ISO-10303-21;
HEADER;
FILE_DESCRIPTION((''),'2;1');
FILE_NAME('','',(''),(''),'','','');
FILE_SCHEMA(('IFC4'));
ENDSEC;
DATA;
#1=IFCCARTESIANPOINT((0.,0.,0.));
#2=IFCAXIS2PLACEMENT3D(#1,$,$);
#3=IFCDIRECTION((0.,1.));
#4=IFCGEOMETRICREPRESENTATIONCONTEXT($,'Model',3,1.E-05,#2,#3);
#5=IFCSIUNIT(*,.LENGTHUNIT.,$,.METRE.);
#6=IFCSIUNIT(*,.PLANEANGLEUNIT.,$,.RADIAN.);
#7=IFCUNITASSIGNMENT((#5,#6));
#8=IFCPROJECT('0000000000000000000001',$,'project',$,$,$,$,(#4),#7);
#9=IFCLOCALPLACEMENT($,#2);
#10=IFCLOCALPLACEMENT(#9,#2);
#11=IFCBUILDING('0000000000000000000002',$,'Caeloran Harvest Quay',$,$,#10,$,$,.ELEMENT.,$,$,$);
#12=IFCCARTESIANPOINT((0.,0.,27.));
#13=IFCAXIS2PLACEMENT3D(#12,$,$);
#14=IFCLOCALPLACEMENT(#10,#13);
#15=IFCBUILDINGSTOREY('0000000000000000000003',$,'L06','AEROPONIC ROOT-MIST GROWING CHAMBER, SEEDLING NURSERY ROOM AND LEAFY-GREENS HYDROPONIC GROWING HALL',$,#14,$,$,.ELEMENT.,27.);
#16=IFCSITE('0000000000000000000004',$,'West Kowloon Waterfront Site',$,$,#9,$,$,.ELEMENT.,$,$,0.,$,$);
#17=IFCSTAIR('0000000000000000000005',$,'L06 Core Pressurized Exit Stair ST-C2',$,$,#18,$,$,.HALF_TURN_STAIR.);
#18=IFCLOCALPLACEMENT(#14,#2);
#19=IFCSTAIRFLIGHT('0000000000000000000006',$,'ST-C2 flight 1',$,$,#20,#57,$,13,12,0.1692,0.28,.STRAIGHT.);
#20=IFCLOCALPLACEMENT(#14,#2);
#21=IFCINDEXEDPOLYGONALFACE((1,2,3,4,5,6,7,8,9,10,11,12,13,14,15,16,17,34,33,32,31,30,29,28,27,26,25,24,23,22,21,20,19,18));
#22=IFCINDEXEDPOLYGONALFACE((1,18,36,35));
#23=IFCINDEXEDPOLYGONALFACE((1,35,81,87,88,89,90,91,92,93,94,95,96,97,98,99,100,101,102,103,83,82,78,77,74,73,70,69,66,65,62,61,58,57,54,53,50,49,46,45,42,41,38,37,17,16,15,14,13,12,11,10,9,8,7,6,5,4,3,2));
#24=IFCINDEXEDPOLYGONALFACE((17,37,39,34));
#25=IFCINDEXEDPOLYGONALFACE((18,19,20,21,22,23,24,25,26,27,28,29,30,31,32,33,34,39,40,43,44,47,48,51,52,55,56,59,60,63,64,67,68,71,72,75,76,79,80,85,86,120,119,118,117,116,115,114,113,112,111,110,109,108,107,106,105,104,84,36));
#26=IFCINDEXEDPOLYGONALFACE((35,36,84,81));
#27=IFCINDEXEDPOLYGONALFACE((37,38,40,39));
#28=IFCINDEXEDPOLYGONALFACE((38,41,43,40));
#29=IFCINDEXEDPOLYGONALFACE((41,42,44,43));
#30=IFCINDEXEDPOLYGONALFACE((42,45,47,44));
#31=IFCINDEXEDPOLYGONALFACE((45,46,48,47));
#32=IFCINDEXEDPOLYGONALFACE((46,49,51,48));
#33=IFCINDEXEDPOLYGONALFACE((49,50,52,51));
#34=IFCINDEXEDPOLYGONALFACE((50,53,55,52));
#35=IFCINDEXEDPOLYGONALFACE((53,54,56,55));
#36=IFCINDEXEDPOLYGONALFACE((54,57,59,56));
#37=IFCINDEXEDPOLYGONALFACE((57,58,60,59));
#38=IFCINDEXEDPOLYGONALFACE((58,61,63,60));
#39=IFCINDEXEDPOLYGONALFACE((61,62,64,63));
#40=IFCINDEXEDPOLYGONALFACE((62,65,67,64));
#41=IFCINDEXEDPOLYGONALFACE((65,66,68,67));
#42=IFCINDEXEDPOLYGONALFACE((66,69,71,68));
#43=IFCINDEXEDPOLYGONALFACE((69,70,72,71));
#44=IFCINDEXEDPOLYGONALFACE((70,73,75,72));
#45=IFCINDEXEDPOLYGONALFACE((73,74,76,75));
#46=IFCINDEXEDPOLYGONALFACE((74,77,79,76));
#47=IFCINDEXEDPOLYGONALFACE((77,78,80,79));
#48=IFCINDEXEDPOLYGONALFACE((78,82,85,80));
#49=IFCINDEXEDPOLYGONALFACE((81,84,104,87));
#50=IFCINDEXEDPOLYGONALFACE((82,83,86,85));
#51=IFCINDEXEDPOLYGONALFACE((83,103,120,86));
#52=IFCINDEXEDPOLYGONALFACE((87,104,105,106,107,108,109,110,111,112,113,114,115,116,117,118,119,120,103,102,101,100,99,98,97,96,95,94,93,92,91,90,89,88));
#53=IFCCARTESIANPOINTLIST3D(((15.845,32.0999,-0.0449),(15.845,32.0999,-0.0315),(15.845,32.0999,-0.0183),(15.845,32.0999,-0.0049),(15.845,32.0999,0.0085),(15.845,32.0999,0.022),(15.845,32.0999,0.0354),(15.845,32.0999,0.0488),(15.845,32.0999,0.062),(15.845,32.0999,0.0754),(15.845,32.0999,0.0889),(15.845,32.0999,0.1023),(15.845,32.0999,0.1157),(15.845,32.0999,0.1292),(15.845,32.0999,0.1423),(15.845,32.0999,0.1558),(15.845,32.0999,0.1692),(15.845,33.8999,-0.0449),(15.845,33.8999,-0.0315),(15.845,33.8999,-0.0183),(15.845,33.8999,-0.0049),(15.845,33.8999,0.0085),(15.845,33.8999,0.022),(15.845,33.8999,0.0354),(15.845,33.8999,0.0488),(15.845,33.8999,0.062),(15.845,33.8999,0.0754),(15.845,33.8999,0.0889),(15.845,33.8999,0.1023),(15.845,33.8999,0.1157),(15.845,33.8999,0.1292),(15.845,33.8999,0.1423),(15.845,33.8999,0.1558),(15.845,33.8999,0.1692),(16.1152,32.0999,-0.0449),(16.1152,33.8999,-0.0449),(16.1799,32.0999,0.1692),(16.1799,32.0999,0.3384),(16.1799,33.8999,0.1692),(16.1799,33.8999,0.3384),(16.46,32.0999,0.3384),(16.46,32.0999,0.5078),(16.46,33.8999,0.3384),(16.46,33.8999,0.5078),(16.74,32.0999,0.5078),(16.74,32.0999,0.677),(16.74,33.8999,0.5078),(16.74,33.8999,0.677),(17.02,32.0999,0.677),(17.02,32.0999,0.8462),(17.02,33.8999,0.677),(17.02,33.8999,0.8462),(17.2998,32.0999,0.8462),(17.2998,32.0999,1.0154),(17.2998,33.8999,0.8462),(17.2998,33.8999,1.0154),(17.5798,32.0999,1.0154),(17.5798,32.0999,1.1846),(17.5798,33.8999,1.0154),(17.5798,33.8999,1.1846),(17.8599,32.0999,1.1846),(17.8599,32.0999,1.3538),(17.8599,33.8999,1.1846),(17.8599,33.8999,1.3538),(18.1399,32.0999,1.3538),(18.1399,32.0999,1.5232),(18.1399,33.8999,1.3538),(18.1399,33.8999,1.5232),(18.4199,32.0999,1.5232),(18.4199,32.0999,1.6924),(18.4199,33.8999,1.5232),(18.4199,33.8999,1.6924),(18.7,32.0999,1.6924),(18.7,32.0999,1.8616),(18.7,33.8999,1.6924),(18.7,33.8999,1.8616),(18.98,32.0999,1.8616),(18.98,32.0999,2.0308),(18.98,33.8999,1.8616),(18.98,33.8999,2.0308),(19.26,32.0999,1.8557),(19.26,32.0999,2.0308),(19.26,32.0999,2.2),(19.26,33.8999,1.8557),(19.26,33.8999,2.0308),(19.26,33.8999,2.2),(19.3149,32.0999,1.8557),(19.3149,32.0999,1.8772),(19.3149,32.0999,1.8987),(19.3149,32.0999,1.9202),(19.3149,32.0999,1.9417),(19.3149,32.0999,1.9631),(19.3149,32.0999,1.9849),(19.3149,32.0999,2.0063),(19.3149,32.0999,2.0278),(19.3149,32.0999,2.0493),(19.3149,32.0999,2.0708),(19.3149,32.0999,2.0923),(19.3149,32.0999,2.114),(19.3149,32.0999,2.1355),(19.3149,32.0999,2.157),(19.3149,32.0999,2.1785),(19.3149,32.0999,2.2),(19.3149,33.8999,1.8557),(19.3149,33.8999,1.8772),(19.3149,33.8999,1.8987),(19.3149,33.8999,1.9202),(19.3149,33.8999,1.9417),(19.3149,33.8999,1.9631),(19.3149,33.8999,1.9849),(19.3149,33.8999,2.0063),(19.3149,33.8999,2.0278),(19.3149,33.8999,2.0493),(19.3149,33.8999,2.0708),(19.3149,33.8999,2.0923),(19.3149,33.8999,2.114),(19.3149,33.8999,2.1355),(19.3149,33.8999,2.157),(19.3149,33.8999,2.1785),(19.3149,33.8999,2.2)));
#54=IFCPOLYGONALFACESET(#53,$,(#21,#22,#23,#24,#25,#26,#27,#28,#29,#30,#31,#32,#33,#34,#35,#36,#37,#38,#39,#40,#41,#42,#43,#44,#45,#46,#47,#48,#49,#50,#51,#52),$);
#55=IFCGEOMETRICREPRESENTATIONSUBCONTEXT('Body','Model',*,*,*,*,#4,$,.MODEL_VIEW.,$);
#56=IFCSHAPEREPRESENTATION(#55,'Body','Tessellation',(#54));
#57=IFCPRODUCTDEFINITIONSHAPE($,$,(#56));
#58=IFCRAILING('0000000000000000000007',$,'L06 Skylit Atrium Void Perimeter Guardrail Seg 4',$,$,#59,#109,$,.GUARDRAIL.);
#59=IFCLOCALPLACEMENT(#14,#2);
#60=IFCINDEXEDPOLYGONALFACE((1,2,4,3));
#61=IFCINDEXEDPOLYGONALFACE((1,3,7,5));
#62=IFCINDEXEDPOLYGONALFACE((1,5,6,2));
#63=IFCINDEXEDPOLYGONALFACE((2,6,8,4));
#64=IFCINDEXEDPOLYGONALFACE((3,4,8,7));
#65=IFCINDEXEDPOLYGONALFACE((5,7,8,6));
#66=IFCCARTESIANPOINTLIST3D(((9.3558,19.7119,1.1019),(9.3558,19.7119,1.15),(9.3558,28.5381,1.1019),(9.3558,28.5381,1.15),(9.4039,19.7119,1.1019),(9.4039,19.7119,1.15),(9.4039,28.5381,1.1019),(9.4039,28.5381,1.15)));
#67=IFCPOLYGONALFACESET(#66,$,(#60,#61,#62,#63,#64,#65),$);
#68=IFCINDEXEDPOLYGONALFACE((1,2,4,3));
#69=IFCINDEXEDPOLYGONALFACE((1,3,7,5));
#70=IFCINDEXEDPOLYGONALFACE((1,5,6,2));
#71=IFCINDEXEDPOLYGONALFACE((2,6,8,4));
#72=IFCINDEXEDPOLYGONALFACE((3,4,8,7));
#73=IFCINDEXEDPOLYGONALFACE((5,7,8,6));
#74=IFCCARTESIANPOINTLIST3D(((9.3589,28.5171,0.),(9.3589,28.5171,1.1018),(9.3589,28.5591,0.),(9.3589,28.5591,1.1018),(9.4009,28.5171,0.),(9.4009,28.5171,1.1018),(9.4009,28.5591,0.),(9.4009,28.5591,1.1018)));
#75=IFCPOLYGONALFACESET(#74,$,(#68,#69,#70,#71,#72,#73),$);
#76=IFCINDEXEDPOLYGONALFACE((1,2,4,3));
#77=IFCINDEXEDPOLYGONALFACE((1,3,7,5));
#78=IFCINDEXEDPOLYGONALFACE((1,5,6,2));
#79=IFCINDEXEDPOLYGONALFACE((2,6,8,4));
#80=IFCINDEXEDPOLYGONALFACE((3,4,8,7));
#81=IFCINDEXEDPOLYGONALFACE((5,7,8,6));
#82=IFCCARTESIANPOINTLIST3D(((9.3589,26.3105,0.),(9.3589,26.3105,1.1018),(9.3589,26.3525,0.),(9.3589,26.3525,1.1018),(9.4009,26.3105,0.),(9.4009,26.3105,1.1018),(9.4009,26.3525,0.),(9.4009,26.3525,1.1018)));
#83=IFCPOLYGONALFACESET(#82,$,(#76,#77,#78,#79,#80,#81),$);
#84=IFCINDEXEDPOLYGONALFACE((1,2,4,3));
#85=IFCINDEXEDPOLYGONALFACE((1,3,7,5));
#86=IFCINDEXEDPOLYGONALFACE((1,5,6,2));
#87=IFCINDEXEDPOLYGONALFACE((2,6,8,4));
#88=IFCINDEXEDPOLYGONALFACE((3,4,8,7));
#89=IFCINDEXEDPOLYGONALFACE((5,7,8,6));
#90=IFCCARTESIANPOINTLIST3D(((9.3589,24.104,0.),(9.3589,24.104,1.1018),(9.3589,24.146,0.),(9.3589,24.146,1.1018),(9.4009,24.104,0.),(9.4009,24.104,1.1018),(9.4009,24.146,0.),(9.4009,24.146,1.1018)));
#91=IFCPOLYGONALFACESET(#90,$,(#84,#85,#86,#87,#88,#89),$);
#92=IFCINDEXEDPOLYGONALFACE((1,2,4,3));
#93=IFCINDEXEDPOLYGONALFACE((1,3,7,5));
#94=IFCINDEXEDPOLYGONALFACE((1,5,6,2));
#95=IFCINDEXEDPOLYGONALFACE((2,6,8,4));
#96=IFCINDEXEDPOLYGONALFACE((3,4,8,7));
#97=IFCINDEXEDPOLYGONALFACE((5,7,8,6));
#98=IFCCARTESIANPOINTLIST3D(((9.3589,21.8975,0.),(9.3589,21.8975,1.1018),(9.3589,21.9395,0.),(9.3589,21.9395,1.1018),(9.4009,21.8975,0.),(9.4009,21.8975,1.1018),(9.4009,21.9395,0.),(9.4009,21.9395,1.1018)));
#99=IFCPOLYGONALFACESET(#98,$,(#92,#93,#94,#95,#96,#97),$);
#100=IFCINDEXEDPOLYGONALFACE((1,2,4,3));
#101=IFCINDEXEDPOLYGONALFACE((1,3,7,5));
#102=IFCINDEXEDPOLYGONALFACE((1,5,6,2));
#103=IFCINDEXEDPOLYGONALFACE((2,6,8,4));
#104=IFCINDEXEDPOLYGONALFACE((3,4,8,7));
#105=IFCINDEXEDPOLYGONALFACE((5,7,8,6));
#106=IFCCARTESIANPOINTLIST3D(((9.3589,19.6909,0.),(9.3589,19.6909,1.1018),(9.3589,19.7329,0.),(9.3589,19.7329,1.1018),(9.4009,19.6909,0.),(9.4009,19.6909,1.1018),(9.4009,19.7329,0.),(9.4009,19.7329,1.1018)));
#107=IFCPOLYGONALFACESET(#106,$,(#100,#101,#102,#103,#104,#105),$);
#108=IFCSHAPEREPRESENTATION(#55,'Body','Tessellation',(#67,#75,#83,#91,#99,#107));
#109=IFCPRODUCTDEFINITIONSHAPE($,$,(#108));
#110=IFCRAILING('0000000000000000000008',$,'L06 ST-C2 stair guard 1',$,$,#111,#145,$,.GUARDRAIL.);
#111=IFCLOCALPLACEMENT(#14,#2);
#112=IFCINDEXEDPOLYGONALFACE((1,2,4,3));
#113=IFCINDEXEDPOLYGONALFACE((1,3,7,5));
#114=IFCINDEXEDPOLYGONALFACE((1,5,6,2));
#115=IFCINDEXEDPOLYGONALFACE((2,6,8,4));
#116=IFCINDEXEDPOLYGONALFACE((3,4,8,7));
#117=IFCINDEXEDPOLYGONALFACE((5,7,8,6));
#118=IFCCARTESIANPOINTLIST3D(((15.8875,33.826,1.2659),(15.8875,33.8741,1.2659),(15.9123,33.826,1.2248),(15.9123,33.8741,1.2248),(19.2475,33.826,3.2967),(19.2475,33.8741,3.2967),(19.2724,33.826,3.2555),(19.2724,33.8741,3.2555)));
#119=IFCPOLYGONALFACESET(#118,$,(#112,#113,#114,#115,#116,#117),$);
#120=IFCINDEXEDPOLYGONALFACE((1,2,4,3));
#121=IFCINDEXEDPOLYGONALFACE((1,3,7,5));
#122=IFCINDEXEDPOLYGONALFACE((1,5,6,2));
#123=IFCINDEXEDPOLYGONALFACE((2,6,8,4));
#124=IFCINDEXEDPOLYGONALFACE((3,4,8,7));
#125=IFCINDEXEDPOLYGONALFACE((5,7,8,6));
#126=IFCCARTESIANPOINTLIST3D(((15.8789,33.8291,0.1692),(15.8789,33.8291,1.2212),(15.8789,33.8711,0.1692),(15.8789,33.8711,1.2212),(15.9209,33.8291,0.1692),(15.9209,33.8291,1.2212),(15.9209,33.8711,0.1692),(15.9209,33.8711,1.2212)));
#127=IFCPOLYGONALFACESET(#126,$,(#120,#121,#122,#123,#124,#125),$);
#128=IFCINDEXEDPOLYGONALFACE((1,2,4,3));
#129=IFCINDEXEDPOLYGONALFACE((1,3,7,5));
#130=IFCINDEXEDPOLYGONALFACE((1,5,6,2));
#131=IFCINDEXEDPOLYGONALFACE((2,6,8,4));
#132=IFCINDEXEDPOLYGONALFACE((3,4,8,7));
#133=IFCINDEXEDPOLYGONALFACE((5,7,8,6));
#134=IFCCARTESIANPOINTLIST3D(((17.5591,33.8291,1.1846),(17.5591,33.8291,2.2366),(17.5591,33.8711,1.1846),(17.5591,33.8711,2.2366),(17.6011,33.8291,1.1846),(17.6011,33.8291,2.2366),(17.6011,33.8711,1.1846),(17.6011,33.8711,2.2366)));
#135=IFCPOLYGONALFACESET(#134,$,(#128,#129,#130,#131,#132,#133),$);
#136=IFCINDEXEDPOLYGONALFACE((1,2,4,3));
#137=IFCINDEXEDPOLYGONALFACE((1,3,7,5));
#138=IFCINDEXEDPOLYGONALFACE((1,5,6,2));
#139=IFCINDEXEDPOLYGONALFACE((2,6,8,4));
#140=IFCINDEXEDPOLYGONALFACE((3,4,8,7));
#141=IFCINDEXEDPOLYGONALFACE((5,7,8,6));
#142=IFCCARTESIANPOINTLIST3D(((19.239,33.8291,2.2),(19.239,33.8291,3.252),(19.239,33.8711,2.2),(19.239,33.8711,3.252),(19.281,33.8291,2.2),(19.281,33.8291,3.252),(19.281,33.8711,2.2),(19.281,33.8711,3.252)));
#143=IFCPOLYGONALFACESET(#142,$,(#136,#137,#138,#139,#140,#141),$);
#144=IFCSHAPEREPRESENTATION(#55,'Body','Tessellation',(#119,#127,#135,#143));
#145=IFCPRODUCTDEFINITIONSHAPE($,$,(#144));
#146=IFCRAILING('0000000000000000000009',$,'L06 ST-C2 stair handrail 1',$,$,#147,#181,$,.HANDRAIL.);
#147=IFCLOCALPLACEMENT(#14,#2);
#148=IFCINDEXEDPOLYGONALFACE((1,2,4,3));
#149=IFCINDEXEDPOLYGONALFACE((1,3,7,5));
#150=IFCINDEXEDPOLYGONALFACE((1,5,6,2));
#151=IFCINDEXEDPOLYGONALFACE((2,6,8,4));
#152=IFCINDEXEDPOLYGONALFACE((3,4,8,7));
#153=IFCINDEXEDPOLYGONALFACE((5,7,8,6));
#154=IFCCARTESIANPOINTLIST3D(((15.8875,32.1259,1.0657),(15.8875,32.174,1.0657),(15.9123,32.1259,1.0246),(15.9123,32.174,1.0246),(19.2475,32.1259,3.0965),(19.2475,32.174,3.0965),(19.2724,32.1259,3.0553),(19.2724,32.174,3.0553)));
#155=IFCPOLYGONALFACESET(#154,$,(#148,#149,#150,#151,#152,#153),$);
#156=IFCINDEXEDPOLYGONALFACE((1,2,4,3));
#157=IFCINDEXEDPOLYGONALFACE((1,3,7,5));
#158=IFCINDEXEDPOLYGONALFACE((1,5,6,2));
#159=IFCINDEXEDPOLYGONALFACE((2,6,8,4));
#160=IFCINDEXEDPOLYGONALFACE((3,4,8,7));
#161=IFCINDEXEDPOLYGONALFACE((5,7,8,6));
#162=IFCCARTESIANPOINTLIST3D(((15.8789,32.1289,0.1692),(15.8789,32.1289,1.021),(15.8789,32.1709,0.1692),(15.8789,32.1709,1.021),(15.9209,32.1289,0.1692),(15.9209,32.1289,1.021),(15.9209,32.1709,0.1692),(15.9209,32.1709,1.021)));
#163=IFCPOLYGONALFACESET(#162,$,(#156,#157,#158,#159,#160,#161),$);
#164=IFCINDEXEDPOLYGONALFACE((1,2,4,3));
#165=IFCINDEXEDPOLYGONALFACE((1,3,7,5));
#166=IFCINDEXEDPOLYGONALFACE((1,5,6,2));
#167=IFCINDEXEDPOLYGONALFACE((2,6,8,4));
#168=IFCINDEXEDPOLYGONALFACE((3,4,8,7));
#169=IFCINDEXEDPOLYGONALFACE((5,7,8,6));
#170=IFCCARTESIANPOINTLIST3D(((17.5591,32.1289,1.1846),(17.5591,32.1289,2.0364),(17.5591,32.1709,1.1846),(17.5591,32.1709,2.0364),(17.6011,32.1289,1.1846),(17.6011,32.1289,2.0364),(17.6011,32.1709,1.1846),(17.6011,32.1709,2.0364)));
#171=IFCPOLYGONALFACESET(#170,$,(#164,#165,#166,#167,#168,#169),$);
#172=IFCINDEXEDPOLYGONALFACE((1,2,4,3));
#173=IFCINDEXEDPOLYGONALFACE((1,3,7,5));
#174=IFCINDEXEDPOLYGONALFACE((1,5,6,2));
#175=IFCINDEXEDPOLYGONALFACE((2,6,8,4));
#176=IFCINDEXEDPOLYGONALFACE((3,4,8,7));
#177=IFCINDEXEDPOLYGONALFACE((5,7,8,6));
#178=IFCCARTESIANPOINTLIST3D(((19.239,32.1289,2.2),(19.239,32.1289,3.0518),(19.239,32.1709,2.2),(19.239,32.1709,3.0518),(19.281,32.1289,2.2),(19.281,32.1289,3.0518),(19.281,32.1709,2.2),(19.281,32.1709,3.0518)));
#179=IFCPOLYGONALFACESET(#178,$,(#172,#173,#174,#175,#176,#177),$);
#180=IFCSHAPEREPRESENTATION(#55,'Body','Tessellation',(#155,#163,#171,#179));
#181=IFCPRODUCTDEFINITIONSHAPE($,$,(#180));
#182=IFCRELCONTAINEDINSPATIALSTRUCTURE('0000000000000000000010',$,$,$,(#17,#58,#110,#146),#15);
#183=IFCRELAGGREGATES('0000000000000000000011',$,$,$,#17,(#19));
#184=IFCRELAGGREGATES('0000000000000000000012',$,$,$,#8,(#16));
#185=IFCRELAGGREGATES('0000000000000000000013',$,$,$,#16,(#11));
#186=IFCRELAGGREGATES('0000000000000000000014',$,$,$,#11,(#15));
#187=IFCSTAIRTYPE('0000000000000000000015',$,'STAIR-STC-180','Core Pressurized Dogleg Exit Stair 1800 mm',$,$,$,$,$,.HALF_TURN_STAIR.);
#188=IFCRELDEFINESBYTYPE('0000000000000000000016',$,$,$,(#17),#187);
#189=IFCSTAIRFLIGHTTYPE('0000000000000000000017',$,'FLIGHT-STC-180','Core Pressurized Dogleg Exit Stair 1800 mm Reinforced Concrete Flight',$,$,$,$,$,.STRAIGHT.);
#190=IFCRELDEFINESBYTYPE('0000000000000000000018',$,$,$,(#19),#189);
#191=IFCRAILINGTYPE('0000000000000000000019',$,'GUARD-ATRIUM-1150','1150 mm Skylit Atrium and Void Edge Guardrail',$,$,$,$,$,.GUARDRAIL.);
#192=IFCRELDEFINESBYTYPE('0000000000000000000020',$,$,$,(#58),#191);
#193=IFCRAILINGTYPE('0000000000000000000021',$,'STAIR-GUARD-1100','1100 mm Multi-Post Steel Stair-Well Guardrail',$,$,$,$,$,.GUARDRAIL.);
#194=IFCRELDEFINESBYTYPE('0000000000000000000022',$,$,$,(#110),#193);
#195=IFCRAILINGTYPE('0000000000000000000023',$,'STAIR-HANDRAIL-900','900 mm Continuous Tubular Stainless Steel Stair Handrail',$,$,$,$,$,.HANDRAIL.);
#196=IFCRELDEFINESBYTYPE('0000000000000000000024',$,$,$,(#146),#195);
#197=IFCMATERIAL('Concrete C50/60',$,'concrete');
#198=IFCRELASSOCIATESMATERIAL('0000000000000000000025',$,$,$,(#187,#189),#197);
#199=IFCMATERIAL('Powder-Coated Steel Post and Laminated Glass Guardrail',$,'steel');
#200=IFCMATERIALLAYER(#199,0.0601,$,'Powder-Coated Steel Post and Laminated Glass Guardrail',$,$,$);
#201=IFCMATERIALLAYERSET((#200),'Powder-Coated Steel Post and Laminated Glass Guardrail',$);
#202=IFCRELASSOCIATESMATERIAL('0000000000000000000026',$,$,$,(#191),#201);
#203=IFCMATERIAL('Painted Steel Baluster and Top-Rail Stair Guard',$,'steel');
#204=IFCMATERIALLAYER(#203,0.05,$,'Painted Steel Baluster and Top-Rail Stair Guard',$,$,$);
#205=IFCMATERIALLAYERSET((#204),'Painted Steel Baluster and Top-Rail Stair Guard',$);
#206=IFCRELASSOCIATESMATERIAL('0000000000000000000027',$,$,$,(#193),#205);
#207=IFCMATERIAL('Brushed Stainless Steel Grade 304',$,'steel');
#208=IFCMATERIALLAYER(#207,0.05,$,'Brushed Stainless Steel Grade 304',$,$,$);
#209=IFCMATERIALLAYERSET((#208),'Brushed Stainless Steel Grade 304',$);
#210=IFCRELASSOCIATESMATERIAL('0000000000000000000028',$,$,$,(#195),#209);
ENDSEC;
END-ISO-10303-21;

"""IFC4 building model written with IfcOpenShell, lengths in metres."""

from ifc_helpers import new_model, si_unit, direction, frame, origin, origin_2d, place, context, subcontext, project, spatial, polyline, rectangle, outline, extrude, material, layer, layer_set, type_object, element, aggregate, save


model = new_model("IFC4")

# Units and contexts
model_context = context("Model", 3, precision=1e-05, world=origin(), true_north=direction((0.0, 1.0)))
body_context = subcontext(model_context, "Body", "Model", "MODEL_VIEW")
ifc_project = project(units=[si_unit("LENGTHUNIT", "METRE"), si_unit("PLANEANGLEUNIT", "RADIAN")], contexts=[model_context])

# Site, building, storey
site_placement = place(None, origin())
site = spatial("IfcSite", under=ifc_project, at=site_placement, Name="West Kowloon Waterfront Site", CompositionType="ELEMENT", RefElevation=0.0)
building_placement = place(site_placement, origin())
building = spatial("IfcBuilding", under=site, at=building_placement, Name="Caeloran Harvest Quay", CompositionType="ELEMENT")
storey_placement = place(building_placement, frame((0.0, 0.0, 27.0)))
storey = spatial("IfcBuildingStorey", under=building, at=storey_placement, Name="L06", Description="AEROPONIC ROOT-MIST GROWING CHAMBER, SEEDLING NURSERY ROOM AND LEAFY-GREENS HYDROPONIC GROWING HALL", CompositionType="ELEMENT", Elevation=27.0)

# Shared definitions
ifc_material_1 = material(Name="Concrete C50/60", Category="concrete")

# Stair, stair flight
stair_type = type_object("IfcStairType", Name="STAIR-STC-180", Description="Core Pressurized Dogleg Exit Stair 1800 mm", PredefinedType="HALF_TURN_STAIR", material=ifc_material_1)
stair_placement = place(storey_placement, origin())
stair = element("IfcStair", 1, at=stair_placement, inside=storey, type_object=stair_type, Name="L06 Core Pressurized Exit Stair ST-C2", PredefinedType="HALF_TURN_STAIR")
stair_flight_type = type_object("IfcStairFlightType", Name="FLIGHT-STC-180", Description="Core Pressurized Dogleg Exit Stair 1800 mm Reinforced Concrete Flight", PredefinedType="STRAIGHT", material=ifc_material_1)
stair_flight_placement = place(storey_placement, frame((15.8999, 33.0, 0.0), z_axis=(0.0, 0.0, 1.0), x_axis=(1.0, 0.0, 0.0)))
stair_flight = element("IfcStairFlight", 2, at=stair_flight_placement, type_object=stair_flight_type, Name="ST-C2 flight 1", NumberOfRisers=13, NumberOfTreads=12, PredefinedType="STRAIGHT", RiserHeight=0.1692, TreadLength=0.28, context=body_context, shape_type="SweptSolid", body=[
    extrude(outline(polyline([(-0.0549, -0.0449), (-0.0549, -0.0315), (-0.0549, -0.0183), (-0.0549, -0.0049), (-0.0549, 0.0085), (-0.0549, 0.022), (-0.0549, 0.0354), (-0.0549, 0.0488), (-0.0549, 0.062), (-0.0549, 0.0754), (-0.0549, 0.0889), (-0.0549, 0.1023), (-0.0549, 0.1157), (-0.0549, 0.1292), (-0.0549, 0.1423), (-0.0549, 0.1558), (-0.0549, 0.1692), (0.28, 0.1692), (0.28, 0.3384), (0.5601, 0.3384), (0.5601, 0.5078), (0.8401, 0.5078), (0.8401, 0.677), (1.1201, 0.677), (1.1201, 0.8462), (1.3999, 0.8462), (1.3999, 1.0154), (1.6799, 1.0154), (1.6799, 1.1846), (1.96, 1.1846), (1.96, 1.3538), (2.24, 1.3538), (2.24, 1.5232), (2.52, 1.5232), (2.52, 1.6924), (2.8, 1.6924), (2.8, 1.8616), (3.0801, 1.8616), (3.0801, 2.0308), (3.3601, 2.0308), (3.3601, 2.2), (3.415, 2.2), (3.415, 2.1785), (3.415, 2.157), (3.415, 2.1355), (3.415, 2.114), (3.415, 2.0923), (3.415, 2.0708), (3.415, 2.0493), (3.415, 2.0278), (3.415, 2.0063), (3.415, 1.9849), (3.415, 1.9631), (3.415, 1.9417), (3.415, 1.9202), (3.415, 1.8987), (3.415, 1.8772), (3.415, 1.8557), (3.3601, 1.8557), (0.2153, -0.0449), (-0.0549, -0.0449)])), frame((0.0, 0.8999, 0.0), z_axis=(0.0, -1.0, 0.0), x_axis=(1.0, 0.0, 0.0)), (0.0, 0.0, 1.0), 1.8),
])
aggregate(stair, [stair_flight])

# Railings
ifc_material_2 = material(Name="Powder-Coated Steel Post and Laminated Glass Guardrail", Category="steel")
ifc_layer_1 = layer(ifc_material_2, 0.0601, Name="Powder-Coated Steel Post and Laminated Glass Guardrail")
ifc_layer_set_1 = layer_set([ifc_layer_1], Name="Powder-Coated Steel Post and Laminated Glass Guardrail")
railing_type_1 = type_object("IfcRailingType", Name="GUARD-ATRIUM-1150", Description="1150 mm Skylit Atrium and Void Edge Guardrail", PredefinedType="GUARDRAIL", material=ifc_layer_set_1)
railing_1_placement = place(storey_placement, frame((9.3799, 28.5381, 0.0)))
element("IfcRailing", 3, at=railing_1_placement, inside=storey, type_object=railing_type_1, Name="L06 Skylit Atrium Void Perimeter Guardrail Seg 4", PredefinedType="GUARDRAIL", context=body_context, shape_type="SweptSolid", body=[
    extrude(rectangle(XDim=0.0481, YDim=0.0481, at=origin_2d()), frame((0.0, 0.0, 1.126), z_axis=(0.0, -1.0, 0.0), x_axis=(1.0, 0.0, 0.0)), (0.0, 0.0, 1.0), 8.8262),
    extrude(rectangle(XDim=0.042, YDim=0.042, at=origin_2d()), origin(), (0.0, 0.0, 1.0), 1.1018),
    extrude(rectangle(XDim=0.042, YDim=0.042, at=origin_2d()), frame((0.0, -2.2065, 0.0)), (0.0, 0.0, 1.0), 1.1018),
    extrude(rectangle(XDim=0.042, YDim=0.042, at=origin_2d()), frame((0.0, -4.4131, 0.0)), (0.0, 0.0, 1.0), 1.1018),
    extrude(rectangle(XDim=0.042, YDim=0.042, at=origin_2d()), frame((0.0, -6.6196, 0.0)), (0.0, 0.0, 1.0), 1.1018),
    extrude(rectangle(XDim=0.042, YDim=0.042, at=origin_2d()), frame((0.0, -8.8262, 0.0)), (0.0, 0.0, 1.0), 1.1018),
])
ifc_material_3 = material(Name="Painted Steel Baluster and Top-Rail Stair Guard", Category="steel")
ifc_layer_2 = layer(ifc_material_3, 0.05, Name="Painted Steel Baluster and Top-Rail Stair Guard")
ifc_layer_set_2 = layer_set([ifc_layer_2], Name="Painted Steel Baluster and Top-Rail Stair Guard")
railing_type_2 = type_object("IfcRailingType", Name="STAIR-GUARD-1100", Description="1100 mm Multi-Post Steel Stair-Well Guardrail", PredefinedType="GUARDRAIL", material=ifc_layer_set_2)
railing_2_placement = place(storey_placement, frame((15.8999, 33.8501, 0.1692)))
element("IfcRailing", 4, at=railing_2_placement, inside=storey, type_object=railing_type_2, Name="L06 ST-C2 stair guard 1", PredefinedType="GUARDRAIL", context=body_context, shape_type="SweptSolid", body=[
    extrude(rectangle(XDim=0.0481, YDim=0.0481, at=origin_2d()), frame((0.0, 0.0, 1.0762), z_axis=(0.855837, 0.0, 0.517246), x_axis=(0.0, 1.0, 0.0)), (0.0, 0.0, 1.0), 3.926),
    extrude(rectangle(XDim=0.042, YDim=0.042, at=origin_2d()), origin(), (0.0, 0.0, 1.0), 1.052),
    extrude(rectangle(XDim=0.042, YDim=0.042, at=origin_2d()), frame((1.6802, 0.0, 1.0154)), (0.0, 0.0, 1.0), 1.052),
    extrude(rectangle(XDim=0.042, YDim=0.042, at=origin_2d()), frame((3.3601, 0.0, 2.0308)), (0.0, 0.0, 1.0), 1.052),
])
ifc_material_4 = material(Name="Brushed Stainless Steel Grade 304", Category="steel")
ifc_layer_3 = layer(ifc_material_4, 0.05, Name="Brushed Stainless Steel Grade 304")
ifc_layer_set_3 = layer_set([ifc_layer_3], Name="Brushed Stainless Steel Grade 304")
railing_type_3 = type_object("IfcRailingType", Name="STAIR-HANDRAIL-900", Description="900 mm Continuous Tubular Stainless Steel Stair Handrail", PredefinedType="HANDRAIL", material=ifc_layer_set_3)
railing_3_placement = place(storey_placement, frame((15.8999, 32.1499, 0.1692)))
element("IfcRailing", 5, at=railing_3_placement, inside=storey, type_object=railing_type_3, Name="L06 ST-C2 stair handrail 1", PredefinedType="HANDRAIL", context=body_context, shape_type="SweptSolid", body=[
    extrude(rectangle(XDim=0.0481, YDim=0.0481, at=origin_2d()), frame((0.0, 0.0, 0.876), z_axis=(0.855837, 0.0, 0.517246), x_axis=(0.0, 1.0, 0.0)), (0.0, 0.0, 1.0), 3.926),
    extrude(rectangle(XDim=0.042, YDim=0.042, at=origin_2d()), origin(), (0.0, 0.0, 1.0), 0.8518),
    extrude(rectangle(XDim=0.042, YDim=0.042, at=origin_2d()), frame((1.6802, 0.0, 1.0154)), (0.0, 0.0, 1.0), 0.8518),
    extrude(rectangle(XDim=0.042, YDim=0.042, at=origin_2d()), frame((3.3601, 0.0, 2.0308)), (0.0, 0.0, 1.0), 0.8518),
])

save(model, "model.ifc")
